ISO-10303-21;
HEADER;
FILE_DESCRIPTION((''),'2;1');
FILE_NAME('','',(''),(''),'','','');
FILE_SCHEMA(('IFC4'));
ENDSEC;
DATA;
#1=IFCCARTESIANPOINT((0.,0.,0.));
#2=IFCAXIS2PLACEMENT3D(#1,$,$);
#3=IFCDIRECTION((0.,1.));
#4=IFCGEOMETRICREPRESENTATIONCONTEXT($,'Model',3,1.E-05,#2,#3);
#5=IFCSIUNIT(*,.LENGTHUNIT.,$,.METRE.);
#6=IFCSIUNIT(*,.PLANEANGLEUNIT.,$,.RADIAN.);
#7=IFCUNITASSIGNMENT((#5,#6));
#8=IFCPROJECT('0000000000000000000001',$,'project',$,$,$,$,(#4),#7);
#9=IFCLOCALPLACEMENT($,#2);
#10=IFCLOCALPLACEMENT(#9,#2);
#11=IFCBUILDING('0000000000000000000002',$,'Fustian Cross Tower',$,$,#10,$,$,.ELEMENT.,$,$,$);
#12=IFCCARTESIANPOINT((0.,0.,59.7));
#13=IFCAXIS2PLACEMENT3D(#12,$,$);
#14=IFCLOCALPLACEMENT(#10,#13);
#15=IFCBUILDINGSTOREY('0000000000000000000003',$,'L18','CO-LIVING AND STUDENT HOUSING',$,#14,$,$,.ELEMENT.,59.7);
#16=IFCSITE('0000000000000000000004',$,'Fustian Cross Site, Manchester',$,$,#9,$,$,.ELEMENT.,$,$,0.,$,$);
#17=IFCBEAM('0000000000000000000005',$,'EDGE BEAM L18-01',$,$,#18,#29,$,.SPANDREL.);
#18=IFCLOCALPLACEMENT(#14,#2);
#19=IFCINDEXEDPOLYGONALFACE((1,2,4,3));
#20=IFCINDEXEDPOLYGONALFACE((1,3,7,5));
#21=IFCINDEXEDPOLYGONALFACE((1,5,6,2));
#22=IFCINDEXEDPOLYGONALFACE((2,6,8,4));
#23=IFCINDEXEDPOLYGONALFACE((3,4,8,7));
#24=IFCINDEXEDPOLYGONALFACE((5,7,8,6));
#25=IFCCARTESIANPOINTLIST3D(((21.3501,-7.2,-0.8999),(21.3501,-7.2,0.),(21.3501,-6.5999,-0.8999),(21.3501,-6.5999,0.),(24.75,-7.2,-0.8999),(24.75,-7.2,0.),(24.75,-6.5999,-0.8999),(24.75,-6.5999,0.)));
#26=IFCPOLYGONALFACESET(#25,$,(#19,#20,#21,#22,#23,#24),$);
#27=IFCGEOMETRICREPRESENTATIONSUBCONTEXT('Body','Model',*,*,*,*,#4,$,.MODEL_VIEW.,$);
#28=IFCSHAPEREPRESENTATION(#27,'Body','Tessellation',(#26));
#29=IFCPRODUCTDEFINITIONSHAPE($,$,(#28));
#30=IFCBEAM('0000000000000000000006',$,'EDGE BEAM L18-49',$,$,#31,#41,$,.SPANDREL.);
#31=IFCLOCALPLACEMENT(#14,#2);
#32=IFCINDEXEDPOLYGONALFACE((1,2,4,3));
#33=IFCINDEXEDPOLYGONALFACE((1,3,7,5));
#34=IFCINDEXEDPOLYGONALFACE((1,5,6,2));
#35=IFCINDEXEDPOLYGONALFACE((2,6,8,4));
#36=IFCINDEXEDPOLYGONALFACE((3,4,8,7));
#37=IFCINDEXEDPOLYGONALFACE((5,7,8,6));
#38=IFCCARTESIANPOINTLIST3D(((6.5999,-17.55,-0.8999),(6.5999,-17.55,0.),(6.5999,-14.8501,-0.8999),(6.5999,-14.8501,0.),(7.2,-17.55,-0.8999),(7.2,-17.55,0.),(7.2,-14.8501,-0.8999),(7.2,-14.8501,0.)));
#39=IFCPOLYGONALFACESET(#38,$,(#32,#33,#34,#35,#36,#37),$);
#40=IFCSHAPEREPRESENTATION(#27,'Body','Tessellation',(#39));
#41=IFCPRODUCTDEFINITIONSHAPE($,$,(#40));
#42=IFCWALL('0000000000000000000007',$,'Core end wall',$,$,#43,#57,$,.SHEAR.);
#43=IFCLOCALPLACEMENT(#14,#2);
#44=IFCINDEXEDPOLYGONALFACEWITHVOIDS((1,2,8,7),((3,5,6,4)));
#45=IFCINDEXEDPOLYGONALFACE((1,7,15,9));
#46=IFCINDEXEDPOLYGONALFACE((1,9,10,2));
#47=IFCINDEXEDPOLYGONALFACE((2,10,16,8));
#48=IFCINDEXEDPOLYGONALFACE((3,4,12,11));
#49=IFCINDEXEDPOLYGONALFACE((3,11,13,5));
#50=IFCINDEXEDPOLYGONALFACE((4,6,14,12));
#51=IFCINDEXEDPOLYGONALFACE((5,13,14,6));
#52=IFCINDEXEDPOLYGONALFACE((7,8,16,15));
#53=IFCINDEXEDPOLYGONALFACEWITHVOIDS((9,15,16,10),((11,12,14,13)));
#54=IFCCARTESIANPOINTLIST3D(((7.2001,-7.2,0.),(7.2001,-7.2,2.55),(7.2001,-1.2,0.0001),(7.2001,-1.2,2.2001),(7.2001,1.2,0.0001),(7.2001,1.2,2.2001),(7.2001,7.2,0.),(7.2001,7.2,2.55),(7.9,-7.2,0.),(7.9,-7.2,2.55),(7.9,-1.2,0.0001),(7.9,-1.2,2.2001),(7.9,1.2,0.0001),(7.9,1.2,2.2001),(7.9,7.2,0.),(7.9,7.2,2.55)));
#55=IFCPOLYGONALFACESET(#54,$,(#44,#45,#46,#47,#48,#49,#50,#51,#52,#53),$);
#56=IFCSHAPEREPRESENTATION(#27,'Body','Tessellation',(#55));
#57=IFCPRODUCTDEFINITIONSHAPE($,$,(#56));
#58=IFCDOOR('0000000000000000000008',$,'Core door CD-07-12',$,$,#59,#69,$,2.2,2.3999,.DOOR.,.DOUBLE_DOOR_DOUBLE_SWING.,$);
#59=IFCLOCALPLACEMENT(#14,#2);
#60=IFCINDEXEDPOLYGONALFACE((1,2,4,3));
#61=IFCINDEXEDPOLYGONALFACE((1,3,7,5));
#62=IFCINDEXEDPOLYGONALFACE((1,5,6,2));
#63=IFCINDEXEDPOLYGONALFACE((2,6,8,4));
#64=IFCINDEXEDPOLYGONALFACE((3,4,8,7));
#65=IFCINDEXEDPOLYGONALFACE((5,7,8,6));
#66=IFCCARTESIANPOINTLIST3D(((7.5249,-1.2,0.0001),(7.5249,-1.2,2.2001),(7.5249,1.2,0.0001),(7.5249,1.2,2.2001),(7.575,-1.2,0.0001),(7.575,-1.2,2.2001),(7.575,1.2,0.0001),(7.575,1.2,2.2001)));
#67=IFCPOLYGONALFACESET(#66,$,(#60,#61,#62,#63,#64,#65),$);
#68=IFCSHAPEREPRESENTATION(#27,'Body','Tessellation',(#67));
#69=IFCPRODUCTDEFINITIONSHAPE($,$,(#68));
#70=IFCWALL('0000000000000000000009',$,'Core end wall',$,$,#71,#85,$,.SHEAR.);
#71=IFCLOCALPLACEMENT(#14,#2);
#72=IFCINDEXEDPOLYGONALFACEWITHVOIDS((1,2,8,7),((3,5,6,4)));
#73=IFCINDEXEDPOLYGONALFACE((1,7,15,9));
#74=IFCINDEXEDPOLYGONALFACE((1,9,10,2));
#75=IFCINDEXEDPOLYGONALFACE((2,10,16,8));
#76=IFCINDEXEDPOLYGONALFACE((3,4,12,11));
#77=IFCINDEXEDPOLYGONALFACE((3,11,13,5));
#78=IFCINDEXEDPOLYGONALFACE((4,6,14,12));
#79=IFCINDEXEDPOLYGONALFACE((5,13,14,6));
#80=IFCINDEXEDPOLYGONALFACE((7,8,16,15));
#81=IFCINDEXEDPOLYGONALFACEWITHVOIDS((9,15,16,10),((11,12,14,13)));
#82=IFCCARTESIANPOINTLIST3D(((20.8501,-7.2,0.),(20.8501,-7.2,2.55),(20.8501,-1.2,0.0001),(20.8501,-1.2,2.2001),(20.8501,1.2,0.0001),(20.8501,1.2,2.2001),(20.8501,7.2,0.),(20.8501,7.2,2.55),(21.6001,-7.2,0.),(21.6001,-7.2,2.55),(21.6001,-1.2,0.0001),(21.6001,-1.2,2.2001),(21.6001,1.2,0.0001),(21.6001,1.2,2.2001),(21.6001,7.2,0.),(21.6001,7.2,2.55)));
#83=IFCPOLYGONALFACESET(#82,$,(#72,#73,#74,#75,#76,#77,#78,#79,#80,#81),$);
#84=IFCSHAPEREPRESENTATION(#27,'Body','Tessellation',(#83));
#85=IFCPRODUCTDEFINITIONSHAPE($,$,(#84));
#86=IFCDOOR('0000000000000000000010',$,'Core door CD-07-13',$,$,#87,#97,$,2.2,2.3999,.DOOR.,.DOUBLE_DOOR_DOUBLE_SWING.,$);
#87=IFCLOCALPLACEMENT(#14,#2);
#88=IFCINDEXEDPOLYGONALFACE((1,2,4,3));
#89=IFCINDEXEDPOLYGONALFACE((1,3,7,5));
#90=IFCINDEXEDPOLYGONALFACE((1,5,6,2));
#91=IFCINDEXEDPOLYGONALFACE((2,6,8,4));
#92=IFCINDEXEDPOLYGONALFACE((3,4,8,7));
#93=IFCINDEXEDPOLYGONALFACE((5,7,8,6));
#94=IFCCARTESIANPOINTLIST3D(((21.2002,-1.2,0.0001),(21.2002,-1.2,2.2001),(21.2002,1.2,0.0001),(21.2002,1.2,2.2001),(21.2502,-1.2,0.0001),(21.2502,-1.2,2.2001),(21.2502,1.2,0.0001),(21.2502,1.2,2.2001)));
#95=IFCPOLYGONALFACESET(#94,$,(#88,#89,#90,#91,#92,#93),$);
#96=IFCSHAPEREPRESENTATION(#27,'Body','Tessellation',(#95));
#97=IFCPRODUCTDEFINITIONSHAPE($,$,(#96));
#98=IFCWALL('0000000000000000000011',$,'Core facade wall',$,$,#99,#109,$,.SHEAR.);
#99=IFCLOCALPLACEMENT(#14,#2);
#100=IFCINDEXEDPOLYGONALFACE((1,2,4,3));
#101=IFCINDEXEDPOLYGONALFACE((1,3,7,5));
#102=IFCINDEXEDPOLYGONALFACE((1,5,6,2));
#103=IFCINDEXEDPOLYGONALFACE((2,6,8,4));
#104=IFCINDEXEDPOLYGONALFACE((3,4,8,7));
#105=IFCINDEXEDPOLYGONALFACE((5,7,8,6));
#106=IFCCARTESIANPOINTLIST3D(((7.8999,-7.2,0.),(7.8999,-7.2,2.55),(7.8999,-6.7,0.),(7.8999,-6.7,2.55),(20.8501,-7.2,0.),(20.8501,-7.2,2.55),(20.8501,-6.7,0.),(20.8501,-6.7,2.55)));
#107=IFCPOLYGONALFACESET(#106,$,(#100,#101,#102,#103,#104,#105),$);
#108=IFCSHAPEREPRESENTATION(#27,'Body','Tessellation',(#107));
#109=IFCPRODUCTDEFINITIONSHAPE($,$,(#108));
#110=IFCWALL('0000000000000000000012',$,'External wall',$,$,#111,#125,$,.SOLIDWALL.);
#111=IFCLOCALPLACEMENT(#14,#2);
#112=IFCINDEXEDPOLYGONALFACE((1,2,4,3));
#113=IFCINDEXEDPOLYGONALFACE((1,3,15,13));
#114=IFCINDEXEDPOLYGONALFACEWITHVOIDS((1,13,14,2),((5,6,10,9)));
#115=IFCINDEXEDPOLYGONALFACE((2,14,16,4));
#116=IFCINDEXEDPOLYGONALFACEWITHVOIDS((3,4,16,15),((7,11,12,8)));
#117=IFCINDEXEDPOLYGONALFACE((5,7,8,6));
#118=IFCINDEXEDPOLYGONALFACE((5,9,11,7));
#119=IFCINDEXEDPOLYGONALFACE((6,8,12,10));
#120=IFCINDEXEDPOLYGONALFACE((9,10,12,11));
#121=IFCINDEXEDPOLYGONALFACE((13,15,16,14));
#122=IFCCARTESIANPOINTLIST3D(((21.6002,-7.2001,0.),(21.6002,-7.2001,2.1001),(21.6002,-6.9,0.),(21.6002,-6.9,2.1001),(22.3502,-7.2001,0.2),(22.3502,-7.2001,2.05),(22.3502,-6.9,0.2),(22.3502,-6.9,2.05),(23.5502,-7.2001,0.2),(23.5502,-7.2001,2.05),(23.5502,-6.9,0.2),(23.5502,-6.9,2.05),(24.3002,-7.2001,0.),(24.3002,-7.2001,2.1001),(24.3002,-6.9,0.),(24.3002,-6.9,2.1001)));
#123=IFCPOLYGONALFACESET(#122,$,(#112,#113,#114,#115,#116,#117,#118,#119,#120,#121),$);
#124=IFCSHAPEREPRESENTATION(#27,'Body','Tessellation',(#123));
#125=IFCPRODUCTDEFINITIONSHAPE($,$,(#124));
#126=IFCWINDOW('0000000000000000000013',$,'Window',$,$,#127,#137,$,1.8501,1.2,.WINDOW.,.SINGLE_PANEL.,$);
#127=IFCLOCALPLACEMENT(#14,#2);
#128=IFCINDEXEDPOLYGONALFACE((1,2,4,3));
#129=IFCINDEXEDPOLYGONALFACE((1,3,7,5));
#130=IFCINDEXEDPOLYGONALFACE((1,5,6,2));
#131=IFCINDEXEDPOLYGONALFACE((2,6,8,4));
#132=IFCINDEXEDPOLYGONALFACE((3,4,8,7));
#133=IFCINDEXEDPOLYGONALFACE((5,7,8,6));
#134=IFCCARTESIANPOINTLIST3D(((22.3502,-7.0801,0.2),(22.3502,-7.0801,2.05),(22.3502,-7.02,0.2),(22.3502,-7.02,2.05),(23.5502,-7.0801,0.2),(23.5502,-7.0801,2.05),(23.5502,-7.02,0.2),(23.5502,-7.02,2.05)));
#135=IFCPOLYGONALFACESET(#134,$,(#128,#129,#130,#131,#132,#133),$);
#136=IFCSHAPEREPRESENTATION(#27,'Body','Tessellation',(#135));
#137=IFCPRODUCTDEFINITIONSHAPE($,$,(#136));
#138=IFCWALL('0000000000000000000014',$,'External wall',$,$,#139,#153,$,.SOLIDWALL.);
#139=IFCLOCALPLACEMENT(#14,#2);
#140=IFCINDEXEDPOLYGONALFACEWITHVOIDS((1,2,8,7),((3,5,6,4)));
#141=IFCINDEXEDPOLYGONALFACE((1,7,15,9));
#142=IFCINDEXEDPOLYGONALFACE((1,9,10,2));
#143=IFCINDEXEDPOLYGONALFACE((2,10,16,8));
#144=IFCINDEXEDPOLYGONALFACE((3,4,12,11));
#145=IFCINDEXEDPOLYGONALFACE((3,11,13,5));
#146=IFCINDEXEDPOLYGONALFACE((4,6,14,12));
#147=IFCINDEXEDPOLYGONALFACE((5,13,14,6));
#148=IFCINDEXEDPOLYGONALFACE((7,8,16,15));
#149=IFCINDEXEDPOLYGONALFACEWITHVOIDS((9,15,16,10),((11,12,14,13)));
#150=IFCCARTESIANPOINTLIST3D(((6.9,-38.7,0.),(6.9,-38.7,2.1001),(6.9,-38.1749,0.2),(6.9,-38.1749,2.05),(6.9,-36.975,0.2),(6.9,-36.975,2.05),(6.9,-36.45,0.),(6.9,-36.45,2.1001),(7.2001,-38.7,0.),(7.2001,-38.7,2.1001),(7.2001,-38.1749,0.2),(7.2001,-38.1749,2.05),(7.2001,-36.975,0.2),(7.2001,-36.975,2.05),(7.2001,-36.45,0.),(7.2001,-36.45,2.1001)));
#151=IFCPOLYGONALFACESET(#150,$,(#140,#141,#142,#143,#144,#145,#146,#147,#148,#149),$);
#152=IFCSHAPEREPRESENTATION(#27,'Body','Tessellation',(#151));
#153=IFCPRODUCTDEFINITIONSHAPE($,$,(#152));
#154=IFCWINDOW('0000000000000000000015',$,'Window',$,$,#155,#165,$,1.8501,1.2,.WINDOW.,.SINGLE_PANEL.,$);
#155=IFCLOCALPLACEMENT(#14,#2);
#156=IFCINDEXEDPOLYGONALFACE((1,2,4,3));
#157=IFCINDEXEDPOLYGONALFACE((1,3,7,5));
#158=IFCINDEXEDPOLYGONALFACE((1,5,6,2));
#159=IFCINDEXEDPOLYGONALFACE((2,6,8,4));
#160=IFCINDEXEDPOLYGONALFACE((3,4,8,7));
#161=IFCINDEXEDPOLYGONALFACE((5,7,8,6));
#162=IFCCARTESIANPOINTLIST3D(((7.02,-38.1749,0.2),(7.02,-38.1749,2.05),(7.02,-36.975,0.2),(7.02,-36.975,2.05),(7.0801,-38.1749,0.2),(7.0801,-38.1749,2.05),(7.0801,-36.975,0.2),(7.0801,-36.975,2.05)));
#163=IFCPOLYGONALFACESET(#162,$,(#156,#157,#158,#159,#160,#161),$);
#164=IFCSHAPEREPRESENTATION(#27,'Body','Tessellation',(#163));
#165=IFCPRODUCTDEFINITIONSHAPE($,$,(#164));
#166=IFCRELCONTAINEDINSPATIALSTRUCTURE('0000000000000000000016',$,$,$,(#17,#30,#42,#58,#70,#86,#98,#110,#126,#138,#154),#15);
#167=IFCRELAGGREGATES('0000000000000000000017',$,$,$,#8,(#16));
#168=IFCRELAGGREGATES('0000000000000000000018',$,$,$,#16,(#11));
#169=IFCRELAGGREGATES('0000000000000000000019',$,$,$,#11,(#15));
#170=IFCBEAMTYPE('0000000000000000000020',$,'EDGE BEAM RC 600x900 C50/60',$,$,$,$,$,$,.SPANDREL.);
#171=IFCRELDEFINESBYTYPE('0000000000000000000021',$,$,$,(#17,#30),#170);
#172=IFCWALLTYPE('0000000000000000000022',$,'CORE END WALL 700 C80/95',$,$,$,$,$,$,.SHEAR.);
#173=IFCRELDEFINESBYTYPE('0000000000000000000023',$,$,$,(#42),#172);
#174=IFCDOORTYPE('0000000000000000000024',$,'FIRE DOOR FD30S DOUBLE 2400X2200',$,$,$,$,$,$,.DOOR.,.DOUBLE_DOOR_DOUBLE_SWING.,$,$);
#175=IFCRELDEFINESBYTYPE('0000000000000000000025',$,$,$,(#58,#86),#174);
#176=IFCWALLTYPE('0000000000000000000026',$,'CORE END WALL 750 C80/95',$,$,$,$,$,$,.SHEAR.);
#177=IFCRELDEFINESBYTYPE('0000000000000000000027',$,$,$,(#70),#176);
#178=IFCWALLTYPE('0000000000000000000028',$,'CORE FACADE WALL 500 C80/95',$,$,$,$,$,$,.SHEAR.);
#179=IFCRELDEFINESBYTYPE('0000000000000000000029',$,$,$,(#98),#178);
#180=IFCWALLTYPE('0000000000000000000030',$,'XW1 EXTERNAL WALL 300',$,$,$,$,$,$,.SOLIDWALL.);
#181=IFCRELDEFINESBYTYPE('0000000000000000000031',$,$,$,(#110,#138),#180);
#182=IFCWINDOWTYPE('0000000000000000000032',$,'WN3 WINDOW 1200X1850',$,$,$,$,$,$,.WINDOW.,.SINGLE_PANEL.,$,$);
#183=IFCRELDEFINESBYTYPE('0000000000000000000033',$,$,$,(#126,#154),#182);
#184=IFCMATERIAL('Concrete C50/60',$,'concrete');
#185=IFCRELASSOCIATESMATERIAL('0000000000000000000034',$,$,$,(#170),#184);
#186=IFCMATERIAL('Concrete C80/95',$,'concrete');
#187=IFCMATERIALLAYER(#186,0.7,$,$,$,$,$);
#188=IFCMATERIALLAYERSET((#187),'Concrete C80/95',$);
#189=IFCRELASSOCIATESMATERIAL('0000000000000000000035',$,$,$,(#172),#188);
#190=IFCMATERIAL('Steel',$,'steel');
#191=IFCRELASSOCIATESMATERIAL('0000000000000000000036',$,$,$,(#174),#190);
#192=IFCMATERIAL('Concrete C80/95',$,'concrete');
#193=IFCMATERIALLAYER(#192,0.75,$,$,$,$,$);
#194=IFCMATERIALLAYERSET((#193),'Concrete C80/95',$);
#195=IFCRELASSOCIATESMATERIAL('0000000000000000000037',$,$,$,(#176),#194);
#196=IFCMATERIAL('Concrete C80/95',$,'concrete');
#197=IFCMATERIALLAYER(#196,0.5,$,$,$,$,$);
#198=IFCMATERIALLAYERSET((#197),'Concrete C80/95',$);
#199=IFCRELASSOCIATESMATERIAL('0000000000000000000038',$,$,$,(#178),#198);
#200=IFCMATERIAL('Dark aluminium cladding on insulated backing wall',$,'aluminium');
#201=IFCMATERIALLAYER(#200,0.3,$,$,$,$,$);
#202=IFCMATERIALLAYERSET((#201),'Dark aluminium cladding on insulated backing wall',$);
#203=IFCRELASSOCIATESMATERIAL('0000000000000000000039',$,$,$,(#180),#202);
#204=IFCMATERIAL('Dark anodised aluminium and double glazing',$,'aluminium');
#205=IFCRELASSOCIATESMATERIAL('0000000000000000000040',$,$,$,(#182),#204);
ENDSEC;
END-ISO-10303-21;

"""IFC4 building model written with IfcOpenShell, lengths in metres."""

from ifc_helpers import new_model, si_unit, direction, frame, frame_2d, origin, origin_2d, place, context, subcontext, project, spatial, rectangle, extrude, material, layer, layer_set, material_profile, profile_set, type_object, element, fill, save


model = new_model("IFC4")

# Units and contexts
model_context = context("Model", 3, precision=1e-05, world=origin(), true_north=direction((0.0, 1.0)))
body_context = subcontext(model_context, "Body", "Model", "MODEL_VIEW")
ifc_project = project(units=[si_unit("LENGTHUNIT", "METRE"), si_unit("PLANEANGLEUNIT", "RADIAN")], contexts=[model_context])

# Site, building, storey
site_placement = place(None, origin())
site = spatial("IfcSite", under=ifc_project, at=site_placement, Name="Fustian Cross Site, Manchester", CompositionType="ELEMENT", RefElevation=0.0)
building_placement = place(site_placement, origin())
building = spatial("IfcBuilding", under=site, at=building_placement, Name="Fustian Cross Tower", CompositionType="ELEMENT")
storey_placement = place(building_placement, frame((0.0, 0.0, 59.7)))
storey = spatial("IfcBuildingStorey", under=building, at=storey_placement, Name="L18", Description="CO-LIVING AND STUDENT HOUSING", CompositionType="ELEMENT", Elevation=59.7)

# Beams
ifc_material_1 = material(Name="Concrete C50/60", Category="concrete")
ifc_material_profile = material_profile(ifc_material_1, rectangle(XDim=0.6001, YDim=0.8999, at=origin_2d()), Name="RC 600x900")
ifc_profile_set = profile_set([ifc_material_profile], Name="Concrete C50/60")
beam_type = type_object("IfcBeamType", Name="EDGE BEAM RC 600x900 C50/60", PredefinedType="SPANDREL", material=ifc_profile_set)
beam_1_placement = place(storey_placement, frame((21.3501, -6.8999, -0.45), z_axis=(1.0, 0.0, 0.0), x_axis=(0.0, 1.0, 0.0)))
element("IfcBeam", 1, at=beam_1_placement, inside=storey, type_object=beam_type, Name="EDGE BEAM L18-01", PredefinedType="SPANDREL", context=body_context, shape_type="SweptSolid", body=[
    extrude(rectangle(XDim=0.6001, YDim=0.8999, at=origin_2d()), origin(), (0.0, 0.0, 1.0), 3.3999),
])
beam_2_placement = place(storey_placement, frame((6.8999, -17.55, -0.45), z_axis=(0.0, 1.0, 0.0), x_axis=(-1.0, 0.0, 0.0)))
element("IfcBeam", 2, at=beam_2_placement, inside=storey, type_object=beam_type, Name="EDGE BEAM L18-49", PredefinedType="SPANDREL", context=body_context, shape_type="SweptSolid", body=[
    extrude(rectangle(XDim=0.6001, YDim=0.8999, at=origin_2d()), origin(), (0.0, 0.0, 1.0), 2.7),
])

# Walls, openings, doors
ifc_material_2 = material(Name="Concrete C80/95", Category="concrete")
ifc_layer_1 = layer(ifc_material_2, 0.7)
ifc_layer_set_1 = layer_set([ifc_layer_1], Name="Concrete C80/95")
wall_type_1 = type_object("IfcWallType", Name="CORE END WALL 700 C80/95", PredefinedType="SHEAR", material=ifc_layer_set_1)
wall_1_placement = place(storey_placement, frame((7.55, -7.2, 0.0), z_axis=(0.0, 0.0, 1.0), x_axis=(0.0, 1.0, 0.0)))
wall_1 = element("IfcWall", 3, at=wall_1_placement, inside=storey, type_object=wall_type_1, Name="Core end wall", PredefinedType="SHEAR", context=body_context, shape_type="SweptSolid", body=[
    extrude(rectangle(XDim=14.3999, YDim=0.7, at=frame_2d((7.2, 0.0))), origin(), (0.0, 0.0, 1.0), 2.55),
])
opening_1_placement = place(wall_1_placement, frame((6.0, 0.0, 0.0)))
opening_1 = element("IfcOpeningElement", 4, at=opening_1_placement, cuts=wall_1, PredefinedType="OPENING", context=body_context, shape_type="SweptSolid", body=[
    extrude(rectangle(XDim=2.3999, YDim=2.2, at=frame_2d((1.2, 1.1001))), frame((0.0, 0.3599, 0.0), z_axis=(0.0, -1.0, 0.0), x_axis=(1.0, 0.0, 0.0)), (0.0, 0.0, 1.0), 0.72),
])
ifc_material_3 = material(Name="Steel", Category="steel")
door_type = type_object("IfcDoorType", Name="FIRE DOOR FD30S DOUBLE 2400X2200", OperationType="DOUBLE_DOOR_DOUBLE_SWING", PredefinedType="DOOR", material=ifc_material_3)
door_1_placement = place(opening_1_placement, frame((2.3999, 0.0, 0.0), z_axis=(0.0, 0.0, 1.0), x_axis=(-1.0, 0.0, 0.0)))
door_1 = element("IfcDoor", 5, at=door_1_placement, inside=storey, type_object=door_type, Name="Core door CD-07-12", OperationType="DOUBLE_DOOR_DOUBLE_SWING", OverallHeight=2.2, OverallWidth=2.3999, PredefinedType="DOOR", context=body_context, shape_type="SweptSolid", body=[
    extrude(rectangle(XDim=2.3999, YDim=2.2, at=frame_2d((1.2, 1.1001))), frame((0.0, 0.0249, 0.0), z_axis=(0.0, -1.0, 0.0), x_axis=(1.0, 0.0, 0.0)), (0.0, 0.0, 1.0), 0.05),
])
fill(opening_1, door_1)
ifc_material_4 = material(Name="Concrete C80/95", Category="concrete")
ifc_layer_2 = layer(ifc_material_4, 0.75)
ifc_layer_set_2 = layer_set([ifc_layer_2], Name="Concrete C80/95")
wall_type_2 = type_object("IfcWallType", Name="CORE END WALL 750 C80/95", PredefinedType="SHEAR", material=ifc_layer_set_2)
wall_2_placement = place(storey_placement, frame((21.2251, -7.2, 0.0), z_axis=(0.0, 0.0, 1.0), x_axis=(0.0, 1.0, 0.0)))
wall_2 = element("IfcWall", 6, at=wall_2_placement, inside=storey, type_object=wall_type_2, Name="Core end wall", PredefinedType="SHEAR", context=body_context, shape_type="SweptSolid", body=[
    extrude(rectangle(XDim=14.3999, YDim=0.75, at=frame_2d((7.2, 0.0))), origin(), (0.0, 0.0, 1.0), 2.55),
])
opening_2_placement = place(wall_2_placement, frame((6.0, 0.0, 0.0)))
opening_2 = element("IfcOpeningElement", 7, at=opening_2_placement, cuts=wall_2, PredefinedType="OPENING", context=body_context, shape_type="SweptSolid", body=[
    extrude(rectangle(XDim=2.3999, YDim=2.2, at=frame_2d((1.2, 1.1001))), frame((0.0, 0.385, 0.0), z_axis=(0.0, -1.0, 0.0), x_axis=(1.0, 0.0, 0.0)), (0.0, 0.0, 1.0), 0.77),
])
door_2_placement = place(opening_2_placement, origin())
door_2 = element("IfcDoor", 8, at=door_2_placement, inside=storey, type_object=door_type, Name="Core door CD-07-13", OperationType="DOUBLE_DOOR_DOUBLE_SWING", OverallHeight=2.2, OverallWidth=2.3999, PredefinedType="DOOR", context=body_context, shape_type="SweptSolid", body=[
    extrude(rectangle(XDim=2.3999, YDim=2.2, at=frame_2d((1.2, 1.1001))), frame((0.0, 0.0249, 0.0), z_axis=(0.0, -1.0, 0.0), x_axis=(1.0, 0.0, 0.0)), (0.0, 0.0, 1.0), 0.05),
])
fill(opening_2, door_2)

# Wall
ifc_material_5 = material(Name="Concrete C80/95", Category="concrete")
ifc_layer_3 = layer(ifc_material_5, 0.5)
ifc_layer_set_3 = layer_set([ifc_layer_3], Name="Concrete C80/95")
wall_type_3 = type_object("IfcWallType", Name="CORE FACADE WALL 500 C80/95", PredefinedType="SHEAR", material=ifc_layer_set_3)
wall_3_placement = place(storey_placement, frame((7.8999, -6.95, 0.0), z_axis=(0.0, 0.0, 1.0), x_axis=(1.0, 0.0, 0.0)))
element("IfcWall", 9, at=wall_3_placement, inside=storey, type_object=wall_type_3, Name="Core facade wall", PredefinedType="SHEAR", context=body_context, shape_type="SweptSolid", body=[
    extrude(rectangle(XDim=12.9502, YDim=0.5, at=frame_2d((6.4751, 0.0))), origin(), (0.0, 0.0, 1.0), 2.55),
])

# Walls, openings, windows
ifc_material_6 = material(Name="Dark aluminium cladding on insulated backing wall", Category="aluminium")
ifc_layer_4 = layer(ifc_material_6, 0.3)
ifc_layer_set_4 = layer_set([ifc_layer_4], Name="Dark aluminium cladding on insulated backing wall")
wall_type_4 = type_object("IfcWallType", Name="XW1 EXTERNAL WALL 300", PredefinedType="SOLIDWALL", material=ifc_layer_set_4)
wall_4_placement = place(storey_placement, frame((21.6001, -7.05, 0.0), z_axis=(0.0, 0.0, 1.0), x_axis=(1.0, 0.0, 0.0)))
wall_4 = element("IfcWall", 10, at=wall_4_placement, inside=storey, type_object=wall_type_4, Name="External wall", PredefinedType="SOLIDWALL", context=body_context, shape_type="SweptSolid", body=[
    extrude(rectangle(XDim=2.7, YDim=0.3, at=frame_2d((1.3501, 0.0))), origin(), (0.0, 0.0, 1.0), 2.1001),
])
opening_3_placement = place(wall_4_placement, frame((0.75, 0.0, 0.2)))
opening_3 = element("IfcOpeningElement", 11, at=opening_3_placement, cuts=wall_4, PredefinedType="OPENING", context=body_context, shape_type="SweptSolid", body=[
    extrude(rectangle(XDim=1.2, YDim=1.8501, at=frame_2d((0.6001, 0.925))), frame((0.0, 0.1599, 0.0), z_axis=(0.0, -1.0, 0.0), x_axis=(1.0, 0.0, 0.0)), (0.0, 0.0, 1.0), 0.3201),
])
ifc_material_7 = material(Name="Dark anodised aluminium and double glazing", Category="aluminium")
window_type_1 = type_object("IfcWindowType", Name="WN3 WINDOW 1200X1850", PartitioningType="SINGLE_PANEL", PredefinedType="WINDOW", material=ifc_material_7)
window_1_placement = place(opening_3_placement, origin())
window_1 = element("IfcWindow", 12, at=window_1_placement, inside=storey, type_object=window_type_1, Name="Window", OverallHeight=1.8501, OverallWidth=1.2, PartitioningType="SINGLE_PANEL", PredefinedType="WINDOW", context=body_context, shape_type="SweptSolid", body=[
    extrude(rectangle(XDim=1.2, YDim=1.8501, at=frame_2d((0.6001, 0.925))), frame((0.0, 0.03, 0.0), z_axis=(0.0, -1.0, 0.0), x_axis=(1.0, 0.0, 0.0)), (0.0, 0.0, 1.0), 0.0601),
])
fill(opening_3, window_1)
wall_5_placement = place(storey_placement, frame((7.05, -38.7, 0.0), z_axis=(0.0, 0.0, 1.0), x_axis=(0.0, 1.0, 0.0)))
wall_5 = element("IfcWall", 13, at=wall_5_placement, inside=storey, type_object=wall_type_4, Name="External wall", PredefinedType="SOLIDWALL", context=body_context, shape_type="SweptSolid", body=[
    extrude(rectangle(XDim=2.25, YDim=0.3, at=frame_2d((1.125, 0.0))), origin(), (0.0, 0.0, 1.0), 2.1001),
])
opening_4_placement = place(wall_5_placement, frame((0.5249, 0.0, 0.2)))
opening_4 = element("IfcOpeningElement", 14, at=opening_4_placement, cuts=wall_5, PredefinedType="OPENING", context=body_context, shape_type="SweptSolid", body=[
    extrude(rectangle(XDim=1.2, YDim=1.8501, at=frame_2d((0.6001, 0.925))), frame((0.0, 0.1599, 0.0), z_axis=(0.0, -1.0, 0.0), x_axis=(1.0, 0.0, 0.0)), (0.0, 0.0, 1.0), 0.3201),
])
window_2_placement = place(opening_4_placement, origin())
window_2 = element("IfcWindow", 15, at=window_2_placement, inside=storey, type_object=window_type_1, Name="Window", OverallHeight=1.8501, OverallWidth=1.2, PartitioningType="SINGLE_PANEL", PredefinedType="WINDOW", context=body_context, shape_type="SweptSolid", body=[
    extrude(rectangle(XDim=1.2, YDim=1.8501, at=frame_2d((0.6001, 0.925))), frame((0.0, 0.03, 0.0), z_axis=(0.0, -1.0, 0.0), x_axis=(1.0, 0.0, 0.0)), (0.0, 0.0, 1.0), 0.0601),
])
fill(opening_4, window_2)

save(model, "model.ifc")
